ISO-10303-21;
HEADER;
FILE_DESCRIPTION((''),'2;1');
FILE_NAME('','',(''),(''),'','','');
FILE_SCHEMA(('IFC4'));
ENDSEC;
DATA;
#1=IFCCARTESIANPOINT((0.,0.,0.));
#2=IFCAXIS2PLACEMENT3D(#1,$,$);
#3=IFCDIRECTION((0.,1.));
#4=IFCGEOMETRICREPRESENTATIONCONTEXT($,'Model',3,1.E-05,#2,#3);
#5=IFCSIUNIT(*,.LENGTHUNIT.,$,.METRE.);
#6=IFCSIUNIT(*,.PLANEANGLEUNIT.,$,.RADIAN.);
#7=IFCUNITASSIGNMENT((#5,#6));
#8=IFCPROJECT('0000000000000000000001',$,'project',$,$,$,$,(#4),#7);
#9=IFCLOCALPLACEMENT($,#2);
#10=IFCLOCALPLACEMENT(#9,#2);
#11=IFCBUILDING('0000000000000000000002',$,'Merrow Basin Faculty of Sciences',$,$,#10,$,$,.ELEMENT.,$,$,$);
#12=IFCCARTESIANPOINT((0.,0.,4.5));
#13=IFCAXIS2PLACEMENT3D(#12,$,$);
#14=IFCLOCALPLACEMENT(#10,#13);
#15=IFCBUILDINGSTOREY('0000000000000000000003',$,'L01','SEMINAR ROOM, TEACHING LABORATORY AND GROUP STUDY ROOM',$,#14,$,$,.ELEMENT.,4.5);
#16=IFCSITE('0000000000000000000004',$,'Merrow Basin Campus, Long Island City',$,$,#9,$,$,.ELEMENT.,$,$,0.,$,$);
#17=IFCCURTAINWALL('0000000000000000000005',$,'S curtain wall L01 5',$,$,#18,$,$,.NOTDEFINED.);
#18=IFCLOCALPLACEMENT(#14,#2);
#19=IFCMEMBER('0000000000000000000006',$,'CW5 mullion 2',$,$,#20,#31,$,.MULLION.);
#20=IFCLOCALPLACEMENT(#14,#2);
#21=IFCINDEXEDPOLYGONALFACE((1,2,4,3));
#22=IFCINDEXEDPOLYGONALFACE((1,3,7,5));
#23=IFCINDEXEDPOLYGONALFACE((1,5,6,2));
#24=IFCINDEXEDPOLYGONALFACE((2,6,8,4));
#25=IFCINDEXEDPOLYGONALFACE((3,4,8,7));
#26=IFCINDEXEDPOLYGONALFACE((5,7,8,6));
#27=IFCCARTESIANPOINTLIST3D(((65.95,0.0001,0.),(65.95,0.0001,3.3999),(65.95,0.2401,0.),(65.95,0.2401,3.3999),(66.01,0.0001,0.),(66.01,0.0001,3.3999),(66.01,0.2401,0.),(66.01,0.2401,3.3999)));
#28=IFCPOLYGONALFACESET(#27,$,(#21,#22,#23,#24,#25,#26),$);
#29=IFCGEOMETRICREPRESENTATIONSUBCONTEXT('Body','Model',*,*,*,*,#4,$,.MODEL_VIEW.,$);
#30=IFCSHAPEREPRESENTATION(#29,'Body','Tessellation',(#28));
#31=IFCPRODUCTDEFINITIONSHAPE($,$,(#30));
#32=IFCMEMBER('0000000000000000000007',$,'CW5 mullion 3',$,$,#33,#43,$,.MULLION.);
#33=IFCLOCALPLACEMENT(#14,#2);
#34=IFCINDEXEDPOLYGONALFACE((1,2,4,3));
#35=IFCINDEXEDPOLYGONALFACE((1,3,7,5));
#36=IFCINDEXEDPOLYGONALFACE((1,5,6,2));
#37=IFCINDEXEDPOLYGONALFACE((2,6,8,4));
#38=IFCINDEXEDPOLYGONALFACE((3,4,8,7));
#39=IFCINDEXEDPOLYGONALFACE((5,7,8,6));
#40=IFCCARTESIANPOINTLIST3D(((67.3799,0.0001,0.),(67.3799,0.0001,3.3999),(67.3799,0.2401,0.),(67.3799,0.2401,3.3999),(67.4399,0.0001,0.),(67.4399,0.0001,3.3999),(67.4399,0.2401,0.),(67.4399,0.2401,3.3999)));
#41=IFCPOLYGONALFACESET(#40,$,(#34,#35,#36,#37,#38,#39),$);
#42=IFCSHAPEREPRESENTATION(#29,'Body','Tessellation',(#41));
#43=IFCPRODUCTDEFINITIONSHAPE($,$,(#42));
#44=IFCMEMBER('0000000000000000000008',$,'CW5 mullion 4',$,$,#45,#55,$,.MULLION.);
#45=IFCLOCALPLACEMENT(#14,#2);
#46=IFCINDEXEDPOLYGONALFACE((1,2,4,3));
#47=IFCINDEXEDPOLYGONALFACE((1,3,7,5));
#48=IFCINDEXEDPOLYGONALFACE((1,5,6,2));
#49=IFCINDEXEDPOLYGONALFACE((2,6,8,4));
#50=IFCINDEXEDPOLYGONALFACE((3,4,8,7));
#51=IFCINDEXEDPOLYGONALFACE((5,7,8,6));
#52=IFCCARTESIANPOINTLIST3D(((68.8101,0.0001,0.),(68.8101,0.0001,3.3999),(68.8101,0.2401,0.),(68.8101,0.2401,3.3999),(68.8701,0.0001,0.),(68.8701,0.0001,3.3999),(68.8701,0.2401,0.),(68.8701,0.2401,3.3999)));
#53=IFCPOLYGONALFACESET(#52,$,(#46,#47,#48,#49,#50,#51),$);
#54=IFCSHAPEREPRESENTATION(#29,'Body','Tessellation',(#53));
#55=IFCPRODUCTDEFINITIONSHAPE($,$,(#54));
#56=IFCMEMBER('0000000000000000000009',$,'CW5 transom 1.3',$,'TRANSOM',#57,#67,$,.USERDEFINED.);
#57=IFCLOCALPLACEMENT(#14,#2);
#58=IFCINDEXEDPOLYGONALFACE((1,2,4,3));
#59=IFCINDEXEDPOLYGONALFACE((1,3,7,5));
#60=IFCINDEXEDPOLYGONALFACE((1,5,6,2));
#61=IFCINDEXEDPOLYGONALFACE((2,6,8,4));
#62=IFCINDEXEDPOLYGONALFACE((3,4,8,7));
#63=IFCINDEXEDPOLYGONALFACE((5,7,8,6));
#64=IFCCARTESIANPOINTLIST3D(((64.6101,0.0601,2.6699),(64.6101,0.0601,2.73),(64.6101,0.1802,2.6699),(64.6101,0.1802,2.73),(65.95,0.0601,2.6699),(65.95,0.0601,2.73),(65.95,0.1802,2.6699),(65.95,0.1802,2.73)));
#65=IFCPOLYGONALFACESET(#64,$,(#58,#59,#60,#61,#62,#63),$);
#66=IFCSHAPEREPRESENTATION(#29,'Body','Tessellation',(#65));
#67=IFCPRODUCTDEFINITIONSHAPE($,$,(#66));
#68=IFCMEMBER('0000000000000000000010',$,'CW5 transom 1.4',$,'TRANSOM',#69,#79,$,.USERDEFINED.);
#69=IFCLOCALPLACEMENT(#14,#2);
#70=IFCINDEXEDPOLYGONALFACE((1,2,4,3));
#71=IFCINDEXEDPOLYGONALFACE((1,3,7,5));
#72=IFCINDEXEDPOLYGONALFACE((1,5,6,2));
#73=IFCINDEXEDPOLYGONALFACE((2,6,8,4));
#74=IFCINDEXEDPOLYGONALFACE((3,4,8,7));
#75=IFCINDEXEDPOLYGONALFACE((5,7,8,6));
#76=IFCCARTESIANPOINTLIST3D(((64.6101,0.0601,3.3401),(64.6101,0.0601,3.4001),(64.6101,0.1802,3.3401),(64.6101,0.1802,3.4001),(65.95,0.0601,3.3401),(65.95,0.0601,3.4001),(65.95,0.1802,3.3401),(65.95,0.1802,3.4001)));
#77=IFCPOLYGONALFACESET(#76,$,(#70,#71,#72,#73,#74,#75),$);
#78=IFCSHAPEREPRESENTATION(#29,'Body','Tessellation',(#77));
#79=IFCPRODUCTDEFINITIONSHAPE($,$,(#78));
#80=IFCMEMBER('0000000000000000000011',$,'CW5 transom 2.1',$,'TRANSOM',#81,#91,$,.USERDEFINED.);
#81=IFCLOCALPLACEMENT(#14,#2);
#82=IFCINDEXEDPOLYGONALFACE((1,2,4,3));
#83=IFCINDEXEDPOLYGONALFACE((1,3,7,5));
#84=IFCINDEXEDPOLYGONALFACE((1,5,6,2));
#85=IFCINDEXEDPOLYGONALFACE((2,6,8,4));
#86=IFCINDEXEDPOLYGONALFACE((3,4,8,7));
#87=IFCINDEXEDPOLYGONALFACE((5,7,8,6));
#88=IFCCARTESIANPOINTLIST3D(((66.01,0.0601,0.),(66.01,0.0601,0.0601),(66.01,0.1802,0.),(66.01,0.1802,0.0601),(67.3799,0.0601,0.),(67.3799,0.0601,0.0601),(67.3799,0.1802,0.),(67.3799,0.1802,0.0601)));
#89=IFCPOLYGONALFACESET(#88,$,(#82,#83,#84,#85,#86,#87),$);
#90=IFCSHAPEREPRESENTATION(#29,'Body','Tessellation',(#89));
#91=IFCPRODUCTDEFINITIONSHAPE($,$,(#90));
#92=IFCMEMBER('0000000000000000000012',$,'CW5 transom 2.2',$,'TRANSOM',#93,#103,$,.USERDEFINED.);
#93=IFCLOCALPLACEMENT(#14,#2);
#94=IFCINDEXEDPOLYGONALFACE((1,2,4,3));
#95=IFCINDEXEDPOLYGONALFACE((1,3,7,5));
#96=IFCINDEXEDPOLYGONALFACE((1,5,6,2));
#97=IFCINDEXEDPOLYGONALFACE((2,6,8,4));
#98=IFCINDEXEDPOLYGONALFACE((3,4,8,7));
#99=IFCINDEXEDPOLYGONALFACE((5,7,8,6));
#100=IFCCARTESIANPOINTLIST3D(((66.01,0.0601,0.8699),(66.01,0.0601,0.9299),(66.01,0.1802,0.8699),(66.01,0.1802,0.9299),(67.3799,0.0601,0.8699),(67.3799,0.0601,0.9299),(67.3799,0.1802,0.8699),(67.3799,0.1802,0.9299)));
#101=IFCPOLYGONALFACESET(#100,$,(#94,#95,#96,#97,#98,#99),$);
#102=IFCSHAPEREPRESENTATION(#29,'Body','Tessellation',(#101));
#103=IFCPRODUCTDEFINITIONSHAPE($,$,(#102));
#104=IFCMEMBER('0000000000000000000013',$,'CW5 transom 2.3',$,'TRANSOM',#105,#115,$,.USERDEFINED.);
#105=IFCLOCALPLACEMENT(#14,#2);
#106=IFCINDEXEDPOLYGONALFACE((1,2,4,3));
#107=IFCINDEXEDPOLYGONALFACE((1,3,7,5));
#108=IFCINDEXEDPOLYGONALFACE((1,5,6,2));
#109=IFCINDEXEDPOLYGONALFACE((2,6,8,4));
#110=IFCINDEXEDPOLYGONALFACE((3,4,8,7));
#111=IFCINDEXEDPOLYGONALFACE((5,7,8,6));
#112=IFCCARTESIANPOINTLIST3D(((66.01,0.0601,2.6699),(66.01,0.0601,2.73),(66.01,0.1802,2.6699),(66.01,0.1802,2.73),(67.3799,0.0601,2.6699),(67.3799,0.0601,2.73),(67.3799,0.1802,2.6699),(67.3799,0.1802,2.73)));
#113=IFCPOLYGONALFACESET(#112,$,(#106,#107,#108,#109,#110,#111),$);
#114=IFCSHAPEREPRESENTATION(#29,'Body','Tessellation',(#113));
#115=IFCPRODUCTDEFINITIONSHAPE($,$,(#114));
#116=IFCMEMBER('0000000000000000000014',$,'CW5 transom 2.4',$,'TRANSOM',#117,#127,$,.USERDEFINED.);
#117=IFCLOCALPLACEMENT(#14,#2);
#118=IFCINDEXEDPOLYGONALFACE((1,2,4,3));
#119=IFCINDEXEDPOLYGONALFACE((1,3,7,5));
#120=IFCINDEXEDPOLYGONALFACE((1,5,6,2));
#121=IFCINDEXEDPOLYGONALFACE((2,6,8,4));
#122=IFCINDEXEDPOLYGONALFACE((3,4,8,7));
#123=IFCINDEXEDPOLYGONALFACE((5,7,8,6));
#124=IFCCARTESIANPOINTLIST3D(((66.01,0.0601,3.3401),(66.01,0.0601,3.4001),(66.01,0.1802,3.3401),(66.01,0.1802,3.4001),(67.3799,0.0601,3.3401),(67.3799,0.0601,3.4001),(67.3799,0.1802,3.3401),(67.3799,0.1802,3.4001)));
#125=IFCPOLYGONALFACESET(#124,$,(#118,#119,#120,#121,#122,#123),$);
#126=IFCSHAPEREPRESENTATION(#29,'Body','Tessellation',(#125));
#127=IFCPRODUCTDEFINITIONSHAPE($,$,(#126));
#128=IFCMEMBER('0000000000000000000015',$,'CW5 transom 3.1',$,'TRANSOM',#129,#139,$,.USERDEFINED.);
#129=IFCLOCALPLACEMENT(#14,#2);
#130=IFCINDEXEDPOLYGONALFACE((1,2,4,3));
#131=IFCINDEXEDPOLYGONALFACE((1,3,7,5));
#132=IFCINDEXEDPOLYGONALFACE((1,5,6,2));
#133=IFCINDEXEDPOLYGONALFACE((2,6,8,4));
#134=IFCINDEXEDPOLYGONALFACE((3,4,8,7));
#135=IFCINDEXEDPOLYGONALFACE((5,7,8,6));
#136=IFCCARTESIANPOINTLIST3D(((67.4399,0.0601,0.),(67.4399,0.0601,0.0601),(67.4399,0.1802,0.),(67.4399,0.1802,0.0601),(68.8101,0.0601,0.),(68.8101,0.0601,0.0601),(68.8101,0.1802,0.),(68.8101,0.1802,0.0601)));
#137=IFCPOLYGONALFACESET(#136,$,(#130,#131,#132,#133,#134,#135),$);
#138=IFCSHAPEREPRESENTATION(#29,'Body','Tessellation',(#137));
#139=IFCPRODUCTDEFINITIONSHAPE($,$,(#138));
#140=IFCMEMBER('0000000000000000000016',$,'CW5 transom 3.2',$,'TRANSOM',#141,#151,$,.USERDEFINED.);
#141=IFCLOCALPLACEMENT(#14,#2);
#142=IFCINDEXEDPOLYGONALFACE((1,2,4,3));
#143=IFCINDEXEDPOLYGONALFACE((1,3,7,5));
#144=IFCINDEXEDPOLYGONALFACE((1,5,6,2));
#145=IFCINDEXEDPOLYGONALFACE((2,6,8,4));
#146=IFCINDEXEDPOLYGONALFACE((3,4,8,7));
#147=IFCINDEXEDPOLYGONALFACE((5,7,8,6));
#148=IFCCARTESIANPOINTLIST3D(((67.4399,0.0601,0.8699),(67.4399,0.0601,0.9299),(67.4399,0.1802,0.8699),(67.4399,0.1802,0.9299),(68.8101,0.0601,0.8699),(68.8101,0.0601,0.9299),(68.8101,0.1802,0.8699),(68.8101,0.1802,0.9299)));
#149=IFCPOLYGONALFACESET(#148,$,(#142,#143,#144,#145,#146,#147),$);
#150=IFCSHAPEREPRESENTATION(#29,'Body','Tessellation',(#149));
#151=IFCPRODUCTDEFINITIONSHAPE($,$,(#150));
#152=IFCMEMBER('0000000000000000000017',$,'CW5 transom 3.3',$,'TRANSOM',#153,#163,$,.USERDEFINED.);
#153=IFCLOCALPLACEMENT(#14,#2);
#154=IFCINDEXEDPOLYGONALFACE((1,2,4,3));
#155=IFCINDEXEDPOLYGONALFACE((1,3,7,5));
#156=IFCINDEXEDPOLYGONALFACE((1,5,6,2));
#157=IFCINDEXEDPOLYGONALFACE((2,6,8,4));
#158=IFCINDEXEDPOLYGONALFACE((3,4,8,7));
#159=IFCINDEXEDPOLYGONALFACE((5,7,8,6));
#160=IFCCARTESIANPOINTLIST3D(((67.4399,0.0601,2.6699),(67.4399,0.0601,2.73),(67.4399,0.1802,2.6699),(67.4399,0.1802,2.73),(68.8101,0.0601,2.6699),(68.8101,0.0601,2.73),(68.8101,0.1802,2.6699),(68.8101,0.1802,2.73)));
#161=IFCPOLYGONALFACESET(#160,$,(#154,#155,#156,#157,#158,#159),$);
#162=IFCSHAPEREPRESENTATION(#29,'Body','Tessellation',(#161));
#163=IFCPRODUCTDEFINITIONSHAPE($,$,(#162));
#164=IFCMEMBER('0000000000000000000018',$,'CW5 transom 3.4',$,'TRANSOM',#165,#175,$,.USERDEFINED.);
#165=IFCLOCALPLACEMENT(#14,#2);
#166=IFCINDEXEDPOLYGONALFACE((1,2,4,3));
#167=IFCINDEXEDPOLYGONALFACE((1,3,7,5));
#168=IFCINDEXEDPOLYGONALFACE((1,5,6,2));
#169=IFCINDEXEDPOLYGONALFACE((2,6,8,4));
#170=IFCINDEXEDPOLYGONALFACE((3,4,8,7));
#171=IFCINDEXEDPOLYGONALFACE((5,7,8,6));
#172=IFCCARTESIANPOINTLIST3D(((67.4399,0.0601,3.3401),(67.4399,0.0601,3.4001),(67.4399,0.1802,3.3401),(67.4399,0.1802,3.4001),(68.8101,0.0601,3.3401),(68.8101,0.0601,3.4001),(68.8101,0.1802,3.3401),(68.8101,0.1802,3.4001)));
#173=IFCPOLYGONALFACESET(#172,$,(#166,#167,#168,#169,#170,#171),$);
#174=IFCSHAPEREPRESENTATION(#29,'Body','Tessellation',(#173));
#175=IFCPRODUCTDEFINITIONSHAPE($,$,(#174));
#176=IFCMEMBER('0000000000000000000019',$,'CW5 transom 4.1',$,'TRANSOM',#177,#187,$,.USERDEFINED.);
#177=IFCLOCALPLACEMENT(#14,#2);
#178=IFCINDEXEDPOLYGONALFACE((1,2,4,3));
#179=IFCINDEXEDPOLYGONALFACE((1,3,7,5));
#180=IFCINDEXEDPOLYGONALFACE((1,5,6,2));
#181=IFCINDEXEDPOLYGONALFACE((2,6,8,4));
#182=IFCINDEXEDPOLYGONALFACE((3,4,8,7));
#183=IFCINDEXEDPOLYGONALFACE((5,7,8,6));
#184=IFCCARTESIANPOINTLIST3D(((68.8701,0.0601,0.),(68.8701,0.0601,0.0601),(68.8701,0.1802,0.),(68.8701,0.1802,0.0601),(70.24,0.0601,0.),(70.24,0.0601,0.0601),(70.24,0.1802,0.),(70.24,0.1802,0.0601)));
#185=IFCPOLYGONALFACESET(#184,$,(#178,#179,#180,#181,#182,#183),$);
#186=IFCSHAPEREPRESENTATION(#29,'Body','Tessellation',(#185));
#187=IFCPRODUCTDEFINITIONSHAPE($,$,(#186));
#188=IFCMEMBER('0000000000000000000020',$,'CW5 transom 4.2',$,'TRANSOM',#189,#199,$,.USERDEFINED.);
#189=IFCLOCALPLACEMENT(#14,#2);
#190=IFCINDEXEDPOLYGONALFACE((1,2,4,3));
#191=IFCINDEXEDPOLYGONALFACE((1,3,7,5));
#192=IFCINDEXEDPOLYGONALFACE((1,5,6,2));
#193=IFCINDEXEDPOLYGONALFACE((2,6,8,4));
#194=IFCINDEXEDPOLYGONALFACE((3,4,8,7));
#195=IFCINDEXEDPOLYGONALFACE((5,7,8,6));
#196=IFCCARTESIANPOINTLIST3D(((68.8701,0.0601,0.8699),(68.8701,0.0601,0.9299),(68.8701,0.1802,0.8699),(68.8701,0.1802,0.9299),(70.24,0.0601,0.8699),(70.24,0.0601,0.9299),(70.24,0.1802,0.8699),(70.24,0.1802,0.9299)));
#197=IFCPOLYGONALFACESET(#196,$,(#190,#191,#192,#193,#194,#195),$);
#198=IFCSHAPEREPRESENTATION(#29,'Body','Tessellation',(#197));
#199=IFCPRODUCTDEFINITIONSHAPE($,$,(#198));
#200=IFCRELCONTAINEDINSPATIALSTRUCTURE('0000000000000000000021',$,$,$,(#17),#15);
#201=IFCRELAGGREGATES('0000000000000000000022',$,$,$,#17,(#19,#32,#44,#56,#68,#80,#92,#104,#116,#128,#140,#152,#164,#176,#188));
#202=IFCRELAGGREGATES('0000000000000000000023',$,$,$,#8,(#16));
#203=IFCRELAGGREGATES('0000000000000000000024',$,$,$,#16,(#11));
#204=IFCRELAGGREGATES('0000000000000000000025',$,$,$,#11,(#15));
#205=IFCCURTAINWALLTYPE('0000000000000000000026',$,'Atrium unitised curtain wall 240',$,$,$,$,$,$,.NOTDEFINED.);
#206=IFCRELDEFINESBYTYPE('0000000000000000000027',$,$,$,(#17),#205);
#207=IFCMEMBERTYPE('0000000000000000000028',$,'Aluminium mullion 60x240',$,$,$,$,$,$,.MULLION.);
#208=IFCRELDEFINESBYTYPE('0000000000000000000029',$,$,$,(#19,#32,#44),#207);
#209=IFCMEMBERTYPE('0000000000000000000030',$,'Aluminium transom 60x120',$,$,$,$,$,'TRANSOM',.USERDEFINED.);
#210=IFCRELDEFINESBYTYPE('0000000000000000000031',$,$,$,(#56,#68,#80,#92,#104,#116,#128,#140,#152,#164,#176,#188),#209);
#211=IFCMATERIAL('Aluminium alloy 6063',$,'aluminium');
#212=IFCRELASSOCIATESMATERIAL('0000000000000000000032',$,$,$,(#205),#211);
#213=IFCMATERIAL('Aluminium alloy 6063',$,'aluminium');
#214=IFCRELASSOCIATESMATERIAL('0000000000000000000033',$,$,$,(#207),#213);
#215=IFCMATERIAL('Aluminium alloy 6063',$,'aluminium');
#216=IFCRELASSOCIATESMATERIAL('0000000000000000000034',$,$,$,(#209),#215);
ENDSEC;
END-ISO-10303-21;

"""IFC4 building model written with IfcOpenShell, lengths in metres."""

from ifc_helpers import new_model, si_unit, direction, frame, origin, origin_2d, place, context, subcontext, project, spatial, rectangle, extrude, material, material_profile, profile_set, type_object, element, aggregate, save


model = new_model("IFC4")

# Units and contexts
model_context = context("Model", 3, precision=1e-05, world=origin(), true_north=direction((0.0, 1.0)))
body_context = subcontext(model_context, "Body", "Model", "MODEL_VIEW")
ifc_project = project(units=[si_unit("LENGTHUNIT", "METRE"), si_unit("PLANEANGLEUNIT", "RADIAN")], contexts=[model_context])

# Site, building, storey
site_placement = place(None, origin())
site = spatial("IfcSite", under=ifc_project, at=site_placement, Name="Merrow Basin Campus, Long Island City", CompositionType="ELEMENT", RefElevation=0.0)
building_placement = place(site_placement, origin())
building = spatial("IfcBuilding", under=site, at=building_placement, Name="Merrow Basin Faculty of Sciences", CompositionType="ELEMENT")
storey_placement = place(building_placement, frame((0.0, 0.0, 4.5)))
storey = spatial("IfcBuildingStorey", under=building, at=storey_placement, Name="L01", Description="SEMINAR ROOM, TEACHING LABORATORY AND GROUP STUDY ROOM", CompositionType="ELEMENT", Elevation=4.5)

# Curtain wall, members
ifc_material_1 = material(Name="Aluminium alloy 6063", Category="aluminium")
curtain_wall_type = type_object("IfcCurtainWallType", Name="Atrium unitised curtain wall 240", PredefinedType="NOTDEFINED", material=ifc_material_1)
curtain_wall_placement = place(storey_placement, origin())
curtain_wall = element("IfcCurtainWall", 1, at=curtain_wall_placement, inside=storey, type_object=curtain_wall_type, Name="S curtain wall L01 5", PredefinedType="NOTDEFINED")
ifc_material_2 = material(Name="Aluminium alloy 6063", Category="aluminium")
ifc_material_profile_1 = material_profile(ifc_material_2, rectangle(XDim=0.24, YDim=0.0601, at=origin_2d()))
ifc_profile_set_1 = profile_set([ifc_material_profile_1], Name="Aluminium alloy 6063")
member_type_1 = type_object("IfcMemberType", Name="Aluminium mullion 60x240", PredefinedType="MULLION", material=ifc_profile_set_1)
member_1_placement = place(storey_placement, frame((65.98, 0.1201, 0.0), z_axis=(0.0, 0.0, 1.0), x_axis=(0.0, 1.0, 0.0)))
member_1 = element("IfcMember", 2, at=member_1_placement, type_object=member_type_1, Name="CW5 mullion 2", PredefinedType="MULLION", context=body_context, shape_type="SweptSolid", body=[
    extrude(rectangle(XDim=0.24, YDim=0.0601, at=origin_2d()), origin(), (0.0, 0.0, 1.0), 3.3999),
])
member_2_placement = place(storey_placement, frame((67.4099, 0.1201, 0.0), z_axis=(0.0, 0.0, 1.0), x_axis=(0.0, 1.0, 0.0)))
member_2 = element("IfcMember", 3, at=member_2_placement, type_object=member_type_1, Name="CW5 mullion 3", PredefinedType="MULLION", context=body_context, shape_type="SweptSolid", body=[
    extrude(rectangle(XDim=0.24, YDim=0.0601, at=origin_2d()), origin(), (0.0, 0.0, 1.0), 3.3999),
])
member_3_placement = place(storey_placement, frame((68.8401, 0.1201, 0.0), z_axis=(0.0, 0.0, 1.0), x_axis=(0.0, 1.0, 0.0)))
member_3 = element("IfcMember", 4, at=member_3_placement, type_object=member_type_1, Name="CW5 mullion 4", PredefinedType="MULLION", context=body_context, shape_type="SweptSolid", body=[
    extrude(rectangle(XDim=0.24, YDim=0.0601, at=origin_2d()), origin(), (0.0, 0.0, 1.0), 3.3999),
])
ifc_material_3 = material(Name="Aluminium alloy 6063", Category="aluminium")
ifc_material_profile_2 = material_profile(ifc_material_3, rectangle(XDim=0.1201, YDim=0.0601, at=origin_2d()))
ifc_profile_set_2 = profile_set([ifc_material_profile_2], Name="Aluminium alloy 6063")
member_type_2 = type_object("IfcMemberType", Name="Aluminium transom 60x120", ElementType="TRANSOM", PredefinedType="USERDEFINED", material=ifc_profile_set_2)
member_4_placement = place(storey_placement, frame((64.6101, 0.1201, 2.7), z_axis=(1.0, 0.0, 0.0), x_axis=(0.0, 1.0, 0.0)))
member_4 = element("IfcMember", 5, at=member_4_placement, type_object=member_type_2, Name="CW5 transom 1.3", ObjectType="TRANSOM", PredefinedType="USERDEFINED", context=body_context, shape_type="SweptSolid", body=[
    extrude(rectangle(XDim=0.1201, YDim=0.0601, at=origin_2d()), origin(), (0.0, 0.0, 1.0), 1.3398),
])
member_5_placement = place(storey_placement, frame((64.6101, 0.1201, 3.3701), z_axis=(1.0, 0.0, 0.0), x_axis=(0.0, 1.0, 0.0)))
member_5 = element("IfcMember", 6, at=member_5_placement, type_object=member_type_2, Name="CW5 transom 1.4", ObjectType="TRANSOM", PredefinedType="USERDEFINED", context=body_context, shape_type="SweptSolid", body=[
    extrude(rectangle(XDim=0.1201, YDim=0.0601, at=origin_2d()), origin(), (0.0, 0.0, 1.0), 1.3398),
])
member_6_placement = place(storey_placement, frame((66.01, 0.1201, 0.03), z_axis=(1.0, 0.0, 0.0), x_axis=(0.0, 1.0, 0.0)))
member_6 = element("IfcMember", 7, at=member_6_placement, type_object=member_type_2, Name="CW5 transom 2.1", ObjectType="TRANSOM", PredefinedType="USERDEFINED", context=body_context, shape_type="SweptSolid", body=[
    extrude(rectangle(XDim=0.1201, YDim=0.0601, at=origin_2d()), origin(), (0.0, 0.0, 1.0), 1.3699),
])
member_7_placement = place(storey_placement, frame((66.01, 0.1201, 0.8999), z_axis=(1.0, 0.0, 0.0), x_axis=(0.0, 1.0, 0.0)))
member_7 = element("IfcMember", 8, at=member_7_placement, type_object=member_type_2, Name="CW5 transom 2.2", ObjectType="TRANSOM", PredefinedType="USERDEFINED", context=body_context, shape_type="SweptSolid", body=[
    extrude(rectangle(XDim=0.1201, YDim=0.0601, at=origin_2d()), origin(), (0.0, 0.0, 1.0), 1.3699),
])
member_8_placement = place(storey_placement, frame((66.01, 0.1201, 2.7), z_axis=(1.0, 0.0, 0.0), x_axis=(0.0, 1.0, 0.0)))
member_8 = element("IfcMember", 9, at=member_8_placement, type_object=member_type_2, Name="CW5 transom 2.3", ObjectType="TRANSOM", PredefinedType="USERDEFINED", context=body_context, shape_type="SweptSolid", body=[
    extrude(rectangle(XDim=0.1201, YDim=0.0601, at=origin_2d()), origin(), (0.0, 0.0, 1.0), 1.3699),
])
member_9_placement = place(storey_placement, frame((66.01, 0.1201, 3.3701), z_axis=(1.0, 0.0, 0.0), x_axis=(0.0, 1.0, 0.0)))
member_9 = element("IfcMember", 10, at=member_9_placement, type_object=member_type_2, Name="CW5 transom 2.4", ObjectType="TRANSOM", PredefinedType="USERDEFINED", context=body_context, shape_type="SweptSolid", body=[
    extrude(rectangle(XDim=0.1201, YDim=0.0601, at=origin_2d()), origin(), (0.0, 0.0, 1.0), 1.3699),
])
member_10_placement = place(storey_placement, frame((67.4399, 0.1201, 0.03), z_axis=(1.0, 0.0, 0.0), x_axis=(0.0, 1.0, 0.0)))
member_10 = element("IfcMember", 11, at=member_10_placement, type_object=member_type_2, Name="CW5 transom 3.1", ObjectType="TRANSOM", PredefinedType="USERDEFINED", context=body_context, shape_type="SweptSolid", body=[
    extrude(rectangle(XDim=0.1201, YDim=0.0601, at=origin_2d()), origin(), (0.0, 0.0, 1.0), 1.3701),
])
member_11_placement = place(storey_placement, frame((67.4399, 0.1201, 0.8999), z_axis=(1.0, 0.0, 0.0), x_axis=(0.0, 1.0, 0.0)))
member_11 = element("IfcMember", 12, at=member_11_placement, type_object=member_type_2, Name="CW5 transom 3.2", ObjectType="TRANSOM", PredefinedType="USERDEFINED", context=body_context, shape_type="SweptSolid", body=[
    extrude(rectangle(XDim=0.1201, YDim=0.0601, at=origin_2d()), origin(), (0.0, 0.0, 1.0), 1.3701),
])
member_12_placement = place(storey_placement, frame((67.4399, 0.1201, 2.7), z_axis=(1.0, 0.0, 0.0), x_axis=(0.0, 1.0, 0.0)))
member_12 = element("IfcMember", 13, at=member_12_placement, type_object=member_type_2, Name="CW5 transom 3.3", ObjectType="TRANSOM", PredefinedType="USERDEFINED", context=body_context, shape_type="SweptSolid", body=[
    extrude(rectangle(XDim=0.1201, YDim=0.0601, at=origin_2d()), origin(), (0.0, 0.0, 1.0), 1.3701),
])
member_13_placement = place(storey_placement, frame((67.4399, 0.1201, 3.3701), z_axis=(1.0, 0.0, 0.0), x_axis=(0.0, 1.0, 0.0)))
member_13 = element("IfcMember", 14, at=member_13_placement, type_object=member_type_2, Name="CW5 transom 3.4", ObjectType="TRANSOM", PredefinedType="USERDEFINED", context=body_context, shape_type="SweptSolid", body=[
    extrude(rectangle(XDim=0.1201, YDim=0.0601, at=origin_2d()), origin(), (0.0, 0.0, 1.0), 1.3701),
])
member_14_placement = place(storey_placement, frame((68.8701, 0.1201, 0.03), z_axis=(1.0, 0.0, 0.0), x_axis=(0.0, 1.0, 0.0)))
member_14 = element("IfcMember", 15, at=member_14_placement, type_object=member_type_2, Name="CW5 transom 4.1", ObjectType="TRANSOM", PredefinedType="USERDEFINED", context=body_context, shape_type="SweptSolid", body=[
    extrude(rectangle(XDim=0.1201, YDim=0.0601, at=origin_2d()), origin(), (0.0, 0.0, 1.0), 1.3699),
])
member_15_placement = place(storey_placement, frame((68.8701, 0.1201, 0.8999), z_axis=(1.0, 0.0, 0.0), x_axis=(0.0, 1.0, 0.0)))
member_15 = element("IfcMember", 16, at=member_15_placement, type_object=member_type_2, Name="CW5 transom 4.2", ObjectType="TRANSOM", PredefinedType="USERDEFINED", context=body_context, shape_type="SweptSolid", body=[
    extrude(rectangle(XDim=0.1201, YDim=0.0601, at=origin_2d()), origin(), (0.0, 0.0, 1.0), 1.3699),
])

aggregate(curtain_wall, [member_1, member_2, member_3, member_4, member_5, member_6, member_7, member_8, member_9, member_10, member_11, member_12, member_13, member_14, member_15])

save(model, "model.ifc")
